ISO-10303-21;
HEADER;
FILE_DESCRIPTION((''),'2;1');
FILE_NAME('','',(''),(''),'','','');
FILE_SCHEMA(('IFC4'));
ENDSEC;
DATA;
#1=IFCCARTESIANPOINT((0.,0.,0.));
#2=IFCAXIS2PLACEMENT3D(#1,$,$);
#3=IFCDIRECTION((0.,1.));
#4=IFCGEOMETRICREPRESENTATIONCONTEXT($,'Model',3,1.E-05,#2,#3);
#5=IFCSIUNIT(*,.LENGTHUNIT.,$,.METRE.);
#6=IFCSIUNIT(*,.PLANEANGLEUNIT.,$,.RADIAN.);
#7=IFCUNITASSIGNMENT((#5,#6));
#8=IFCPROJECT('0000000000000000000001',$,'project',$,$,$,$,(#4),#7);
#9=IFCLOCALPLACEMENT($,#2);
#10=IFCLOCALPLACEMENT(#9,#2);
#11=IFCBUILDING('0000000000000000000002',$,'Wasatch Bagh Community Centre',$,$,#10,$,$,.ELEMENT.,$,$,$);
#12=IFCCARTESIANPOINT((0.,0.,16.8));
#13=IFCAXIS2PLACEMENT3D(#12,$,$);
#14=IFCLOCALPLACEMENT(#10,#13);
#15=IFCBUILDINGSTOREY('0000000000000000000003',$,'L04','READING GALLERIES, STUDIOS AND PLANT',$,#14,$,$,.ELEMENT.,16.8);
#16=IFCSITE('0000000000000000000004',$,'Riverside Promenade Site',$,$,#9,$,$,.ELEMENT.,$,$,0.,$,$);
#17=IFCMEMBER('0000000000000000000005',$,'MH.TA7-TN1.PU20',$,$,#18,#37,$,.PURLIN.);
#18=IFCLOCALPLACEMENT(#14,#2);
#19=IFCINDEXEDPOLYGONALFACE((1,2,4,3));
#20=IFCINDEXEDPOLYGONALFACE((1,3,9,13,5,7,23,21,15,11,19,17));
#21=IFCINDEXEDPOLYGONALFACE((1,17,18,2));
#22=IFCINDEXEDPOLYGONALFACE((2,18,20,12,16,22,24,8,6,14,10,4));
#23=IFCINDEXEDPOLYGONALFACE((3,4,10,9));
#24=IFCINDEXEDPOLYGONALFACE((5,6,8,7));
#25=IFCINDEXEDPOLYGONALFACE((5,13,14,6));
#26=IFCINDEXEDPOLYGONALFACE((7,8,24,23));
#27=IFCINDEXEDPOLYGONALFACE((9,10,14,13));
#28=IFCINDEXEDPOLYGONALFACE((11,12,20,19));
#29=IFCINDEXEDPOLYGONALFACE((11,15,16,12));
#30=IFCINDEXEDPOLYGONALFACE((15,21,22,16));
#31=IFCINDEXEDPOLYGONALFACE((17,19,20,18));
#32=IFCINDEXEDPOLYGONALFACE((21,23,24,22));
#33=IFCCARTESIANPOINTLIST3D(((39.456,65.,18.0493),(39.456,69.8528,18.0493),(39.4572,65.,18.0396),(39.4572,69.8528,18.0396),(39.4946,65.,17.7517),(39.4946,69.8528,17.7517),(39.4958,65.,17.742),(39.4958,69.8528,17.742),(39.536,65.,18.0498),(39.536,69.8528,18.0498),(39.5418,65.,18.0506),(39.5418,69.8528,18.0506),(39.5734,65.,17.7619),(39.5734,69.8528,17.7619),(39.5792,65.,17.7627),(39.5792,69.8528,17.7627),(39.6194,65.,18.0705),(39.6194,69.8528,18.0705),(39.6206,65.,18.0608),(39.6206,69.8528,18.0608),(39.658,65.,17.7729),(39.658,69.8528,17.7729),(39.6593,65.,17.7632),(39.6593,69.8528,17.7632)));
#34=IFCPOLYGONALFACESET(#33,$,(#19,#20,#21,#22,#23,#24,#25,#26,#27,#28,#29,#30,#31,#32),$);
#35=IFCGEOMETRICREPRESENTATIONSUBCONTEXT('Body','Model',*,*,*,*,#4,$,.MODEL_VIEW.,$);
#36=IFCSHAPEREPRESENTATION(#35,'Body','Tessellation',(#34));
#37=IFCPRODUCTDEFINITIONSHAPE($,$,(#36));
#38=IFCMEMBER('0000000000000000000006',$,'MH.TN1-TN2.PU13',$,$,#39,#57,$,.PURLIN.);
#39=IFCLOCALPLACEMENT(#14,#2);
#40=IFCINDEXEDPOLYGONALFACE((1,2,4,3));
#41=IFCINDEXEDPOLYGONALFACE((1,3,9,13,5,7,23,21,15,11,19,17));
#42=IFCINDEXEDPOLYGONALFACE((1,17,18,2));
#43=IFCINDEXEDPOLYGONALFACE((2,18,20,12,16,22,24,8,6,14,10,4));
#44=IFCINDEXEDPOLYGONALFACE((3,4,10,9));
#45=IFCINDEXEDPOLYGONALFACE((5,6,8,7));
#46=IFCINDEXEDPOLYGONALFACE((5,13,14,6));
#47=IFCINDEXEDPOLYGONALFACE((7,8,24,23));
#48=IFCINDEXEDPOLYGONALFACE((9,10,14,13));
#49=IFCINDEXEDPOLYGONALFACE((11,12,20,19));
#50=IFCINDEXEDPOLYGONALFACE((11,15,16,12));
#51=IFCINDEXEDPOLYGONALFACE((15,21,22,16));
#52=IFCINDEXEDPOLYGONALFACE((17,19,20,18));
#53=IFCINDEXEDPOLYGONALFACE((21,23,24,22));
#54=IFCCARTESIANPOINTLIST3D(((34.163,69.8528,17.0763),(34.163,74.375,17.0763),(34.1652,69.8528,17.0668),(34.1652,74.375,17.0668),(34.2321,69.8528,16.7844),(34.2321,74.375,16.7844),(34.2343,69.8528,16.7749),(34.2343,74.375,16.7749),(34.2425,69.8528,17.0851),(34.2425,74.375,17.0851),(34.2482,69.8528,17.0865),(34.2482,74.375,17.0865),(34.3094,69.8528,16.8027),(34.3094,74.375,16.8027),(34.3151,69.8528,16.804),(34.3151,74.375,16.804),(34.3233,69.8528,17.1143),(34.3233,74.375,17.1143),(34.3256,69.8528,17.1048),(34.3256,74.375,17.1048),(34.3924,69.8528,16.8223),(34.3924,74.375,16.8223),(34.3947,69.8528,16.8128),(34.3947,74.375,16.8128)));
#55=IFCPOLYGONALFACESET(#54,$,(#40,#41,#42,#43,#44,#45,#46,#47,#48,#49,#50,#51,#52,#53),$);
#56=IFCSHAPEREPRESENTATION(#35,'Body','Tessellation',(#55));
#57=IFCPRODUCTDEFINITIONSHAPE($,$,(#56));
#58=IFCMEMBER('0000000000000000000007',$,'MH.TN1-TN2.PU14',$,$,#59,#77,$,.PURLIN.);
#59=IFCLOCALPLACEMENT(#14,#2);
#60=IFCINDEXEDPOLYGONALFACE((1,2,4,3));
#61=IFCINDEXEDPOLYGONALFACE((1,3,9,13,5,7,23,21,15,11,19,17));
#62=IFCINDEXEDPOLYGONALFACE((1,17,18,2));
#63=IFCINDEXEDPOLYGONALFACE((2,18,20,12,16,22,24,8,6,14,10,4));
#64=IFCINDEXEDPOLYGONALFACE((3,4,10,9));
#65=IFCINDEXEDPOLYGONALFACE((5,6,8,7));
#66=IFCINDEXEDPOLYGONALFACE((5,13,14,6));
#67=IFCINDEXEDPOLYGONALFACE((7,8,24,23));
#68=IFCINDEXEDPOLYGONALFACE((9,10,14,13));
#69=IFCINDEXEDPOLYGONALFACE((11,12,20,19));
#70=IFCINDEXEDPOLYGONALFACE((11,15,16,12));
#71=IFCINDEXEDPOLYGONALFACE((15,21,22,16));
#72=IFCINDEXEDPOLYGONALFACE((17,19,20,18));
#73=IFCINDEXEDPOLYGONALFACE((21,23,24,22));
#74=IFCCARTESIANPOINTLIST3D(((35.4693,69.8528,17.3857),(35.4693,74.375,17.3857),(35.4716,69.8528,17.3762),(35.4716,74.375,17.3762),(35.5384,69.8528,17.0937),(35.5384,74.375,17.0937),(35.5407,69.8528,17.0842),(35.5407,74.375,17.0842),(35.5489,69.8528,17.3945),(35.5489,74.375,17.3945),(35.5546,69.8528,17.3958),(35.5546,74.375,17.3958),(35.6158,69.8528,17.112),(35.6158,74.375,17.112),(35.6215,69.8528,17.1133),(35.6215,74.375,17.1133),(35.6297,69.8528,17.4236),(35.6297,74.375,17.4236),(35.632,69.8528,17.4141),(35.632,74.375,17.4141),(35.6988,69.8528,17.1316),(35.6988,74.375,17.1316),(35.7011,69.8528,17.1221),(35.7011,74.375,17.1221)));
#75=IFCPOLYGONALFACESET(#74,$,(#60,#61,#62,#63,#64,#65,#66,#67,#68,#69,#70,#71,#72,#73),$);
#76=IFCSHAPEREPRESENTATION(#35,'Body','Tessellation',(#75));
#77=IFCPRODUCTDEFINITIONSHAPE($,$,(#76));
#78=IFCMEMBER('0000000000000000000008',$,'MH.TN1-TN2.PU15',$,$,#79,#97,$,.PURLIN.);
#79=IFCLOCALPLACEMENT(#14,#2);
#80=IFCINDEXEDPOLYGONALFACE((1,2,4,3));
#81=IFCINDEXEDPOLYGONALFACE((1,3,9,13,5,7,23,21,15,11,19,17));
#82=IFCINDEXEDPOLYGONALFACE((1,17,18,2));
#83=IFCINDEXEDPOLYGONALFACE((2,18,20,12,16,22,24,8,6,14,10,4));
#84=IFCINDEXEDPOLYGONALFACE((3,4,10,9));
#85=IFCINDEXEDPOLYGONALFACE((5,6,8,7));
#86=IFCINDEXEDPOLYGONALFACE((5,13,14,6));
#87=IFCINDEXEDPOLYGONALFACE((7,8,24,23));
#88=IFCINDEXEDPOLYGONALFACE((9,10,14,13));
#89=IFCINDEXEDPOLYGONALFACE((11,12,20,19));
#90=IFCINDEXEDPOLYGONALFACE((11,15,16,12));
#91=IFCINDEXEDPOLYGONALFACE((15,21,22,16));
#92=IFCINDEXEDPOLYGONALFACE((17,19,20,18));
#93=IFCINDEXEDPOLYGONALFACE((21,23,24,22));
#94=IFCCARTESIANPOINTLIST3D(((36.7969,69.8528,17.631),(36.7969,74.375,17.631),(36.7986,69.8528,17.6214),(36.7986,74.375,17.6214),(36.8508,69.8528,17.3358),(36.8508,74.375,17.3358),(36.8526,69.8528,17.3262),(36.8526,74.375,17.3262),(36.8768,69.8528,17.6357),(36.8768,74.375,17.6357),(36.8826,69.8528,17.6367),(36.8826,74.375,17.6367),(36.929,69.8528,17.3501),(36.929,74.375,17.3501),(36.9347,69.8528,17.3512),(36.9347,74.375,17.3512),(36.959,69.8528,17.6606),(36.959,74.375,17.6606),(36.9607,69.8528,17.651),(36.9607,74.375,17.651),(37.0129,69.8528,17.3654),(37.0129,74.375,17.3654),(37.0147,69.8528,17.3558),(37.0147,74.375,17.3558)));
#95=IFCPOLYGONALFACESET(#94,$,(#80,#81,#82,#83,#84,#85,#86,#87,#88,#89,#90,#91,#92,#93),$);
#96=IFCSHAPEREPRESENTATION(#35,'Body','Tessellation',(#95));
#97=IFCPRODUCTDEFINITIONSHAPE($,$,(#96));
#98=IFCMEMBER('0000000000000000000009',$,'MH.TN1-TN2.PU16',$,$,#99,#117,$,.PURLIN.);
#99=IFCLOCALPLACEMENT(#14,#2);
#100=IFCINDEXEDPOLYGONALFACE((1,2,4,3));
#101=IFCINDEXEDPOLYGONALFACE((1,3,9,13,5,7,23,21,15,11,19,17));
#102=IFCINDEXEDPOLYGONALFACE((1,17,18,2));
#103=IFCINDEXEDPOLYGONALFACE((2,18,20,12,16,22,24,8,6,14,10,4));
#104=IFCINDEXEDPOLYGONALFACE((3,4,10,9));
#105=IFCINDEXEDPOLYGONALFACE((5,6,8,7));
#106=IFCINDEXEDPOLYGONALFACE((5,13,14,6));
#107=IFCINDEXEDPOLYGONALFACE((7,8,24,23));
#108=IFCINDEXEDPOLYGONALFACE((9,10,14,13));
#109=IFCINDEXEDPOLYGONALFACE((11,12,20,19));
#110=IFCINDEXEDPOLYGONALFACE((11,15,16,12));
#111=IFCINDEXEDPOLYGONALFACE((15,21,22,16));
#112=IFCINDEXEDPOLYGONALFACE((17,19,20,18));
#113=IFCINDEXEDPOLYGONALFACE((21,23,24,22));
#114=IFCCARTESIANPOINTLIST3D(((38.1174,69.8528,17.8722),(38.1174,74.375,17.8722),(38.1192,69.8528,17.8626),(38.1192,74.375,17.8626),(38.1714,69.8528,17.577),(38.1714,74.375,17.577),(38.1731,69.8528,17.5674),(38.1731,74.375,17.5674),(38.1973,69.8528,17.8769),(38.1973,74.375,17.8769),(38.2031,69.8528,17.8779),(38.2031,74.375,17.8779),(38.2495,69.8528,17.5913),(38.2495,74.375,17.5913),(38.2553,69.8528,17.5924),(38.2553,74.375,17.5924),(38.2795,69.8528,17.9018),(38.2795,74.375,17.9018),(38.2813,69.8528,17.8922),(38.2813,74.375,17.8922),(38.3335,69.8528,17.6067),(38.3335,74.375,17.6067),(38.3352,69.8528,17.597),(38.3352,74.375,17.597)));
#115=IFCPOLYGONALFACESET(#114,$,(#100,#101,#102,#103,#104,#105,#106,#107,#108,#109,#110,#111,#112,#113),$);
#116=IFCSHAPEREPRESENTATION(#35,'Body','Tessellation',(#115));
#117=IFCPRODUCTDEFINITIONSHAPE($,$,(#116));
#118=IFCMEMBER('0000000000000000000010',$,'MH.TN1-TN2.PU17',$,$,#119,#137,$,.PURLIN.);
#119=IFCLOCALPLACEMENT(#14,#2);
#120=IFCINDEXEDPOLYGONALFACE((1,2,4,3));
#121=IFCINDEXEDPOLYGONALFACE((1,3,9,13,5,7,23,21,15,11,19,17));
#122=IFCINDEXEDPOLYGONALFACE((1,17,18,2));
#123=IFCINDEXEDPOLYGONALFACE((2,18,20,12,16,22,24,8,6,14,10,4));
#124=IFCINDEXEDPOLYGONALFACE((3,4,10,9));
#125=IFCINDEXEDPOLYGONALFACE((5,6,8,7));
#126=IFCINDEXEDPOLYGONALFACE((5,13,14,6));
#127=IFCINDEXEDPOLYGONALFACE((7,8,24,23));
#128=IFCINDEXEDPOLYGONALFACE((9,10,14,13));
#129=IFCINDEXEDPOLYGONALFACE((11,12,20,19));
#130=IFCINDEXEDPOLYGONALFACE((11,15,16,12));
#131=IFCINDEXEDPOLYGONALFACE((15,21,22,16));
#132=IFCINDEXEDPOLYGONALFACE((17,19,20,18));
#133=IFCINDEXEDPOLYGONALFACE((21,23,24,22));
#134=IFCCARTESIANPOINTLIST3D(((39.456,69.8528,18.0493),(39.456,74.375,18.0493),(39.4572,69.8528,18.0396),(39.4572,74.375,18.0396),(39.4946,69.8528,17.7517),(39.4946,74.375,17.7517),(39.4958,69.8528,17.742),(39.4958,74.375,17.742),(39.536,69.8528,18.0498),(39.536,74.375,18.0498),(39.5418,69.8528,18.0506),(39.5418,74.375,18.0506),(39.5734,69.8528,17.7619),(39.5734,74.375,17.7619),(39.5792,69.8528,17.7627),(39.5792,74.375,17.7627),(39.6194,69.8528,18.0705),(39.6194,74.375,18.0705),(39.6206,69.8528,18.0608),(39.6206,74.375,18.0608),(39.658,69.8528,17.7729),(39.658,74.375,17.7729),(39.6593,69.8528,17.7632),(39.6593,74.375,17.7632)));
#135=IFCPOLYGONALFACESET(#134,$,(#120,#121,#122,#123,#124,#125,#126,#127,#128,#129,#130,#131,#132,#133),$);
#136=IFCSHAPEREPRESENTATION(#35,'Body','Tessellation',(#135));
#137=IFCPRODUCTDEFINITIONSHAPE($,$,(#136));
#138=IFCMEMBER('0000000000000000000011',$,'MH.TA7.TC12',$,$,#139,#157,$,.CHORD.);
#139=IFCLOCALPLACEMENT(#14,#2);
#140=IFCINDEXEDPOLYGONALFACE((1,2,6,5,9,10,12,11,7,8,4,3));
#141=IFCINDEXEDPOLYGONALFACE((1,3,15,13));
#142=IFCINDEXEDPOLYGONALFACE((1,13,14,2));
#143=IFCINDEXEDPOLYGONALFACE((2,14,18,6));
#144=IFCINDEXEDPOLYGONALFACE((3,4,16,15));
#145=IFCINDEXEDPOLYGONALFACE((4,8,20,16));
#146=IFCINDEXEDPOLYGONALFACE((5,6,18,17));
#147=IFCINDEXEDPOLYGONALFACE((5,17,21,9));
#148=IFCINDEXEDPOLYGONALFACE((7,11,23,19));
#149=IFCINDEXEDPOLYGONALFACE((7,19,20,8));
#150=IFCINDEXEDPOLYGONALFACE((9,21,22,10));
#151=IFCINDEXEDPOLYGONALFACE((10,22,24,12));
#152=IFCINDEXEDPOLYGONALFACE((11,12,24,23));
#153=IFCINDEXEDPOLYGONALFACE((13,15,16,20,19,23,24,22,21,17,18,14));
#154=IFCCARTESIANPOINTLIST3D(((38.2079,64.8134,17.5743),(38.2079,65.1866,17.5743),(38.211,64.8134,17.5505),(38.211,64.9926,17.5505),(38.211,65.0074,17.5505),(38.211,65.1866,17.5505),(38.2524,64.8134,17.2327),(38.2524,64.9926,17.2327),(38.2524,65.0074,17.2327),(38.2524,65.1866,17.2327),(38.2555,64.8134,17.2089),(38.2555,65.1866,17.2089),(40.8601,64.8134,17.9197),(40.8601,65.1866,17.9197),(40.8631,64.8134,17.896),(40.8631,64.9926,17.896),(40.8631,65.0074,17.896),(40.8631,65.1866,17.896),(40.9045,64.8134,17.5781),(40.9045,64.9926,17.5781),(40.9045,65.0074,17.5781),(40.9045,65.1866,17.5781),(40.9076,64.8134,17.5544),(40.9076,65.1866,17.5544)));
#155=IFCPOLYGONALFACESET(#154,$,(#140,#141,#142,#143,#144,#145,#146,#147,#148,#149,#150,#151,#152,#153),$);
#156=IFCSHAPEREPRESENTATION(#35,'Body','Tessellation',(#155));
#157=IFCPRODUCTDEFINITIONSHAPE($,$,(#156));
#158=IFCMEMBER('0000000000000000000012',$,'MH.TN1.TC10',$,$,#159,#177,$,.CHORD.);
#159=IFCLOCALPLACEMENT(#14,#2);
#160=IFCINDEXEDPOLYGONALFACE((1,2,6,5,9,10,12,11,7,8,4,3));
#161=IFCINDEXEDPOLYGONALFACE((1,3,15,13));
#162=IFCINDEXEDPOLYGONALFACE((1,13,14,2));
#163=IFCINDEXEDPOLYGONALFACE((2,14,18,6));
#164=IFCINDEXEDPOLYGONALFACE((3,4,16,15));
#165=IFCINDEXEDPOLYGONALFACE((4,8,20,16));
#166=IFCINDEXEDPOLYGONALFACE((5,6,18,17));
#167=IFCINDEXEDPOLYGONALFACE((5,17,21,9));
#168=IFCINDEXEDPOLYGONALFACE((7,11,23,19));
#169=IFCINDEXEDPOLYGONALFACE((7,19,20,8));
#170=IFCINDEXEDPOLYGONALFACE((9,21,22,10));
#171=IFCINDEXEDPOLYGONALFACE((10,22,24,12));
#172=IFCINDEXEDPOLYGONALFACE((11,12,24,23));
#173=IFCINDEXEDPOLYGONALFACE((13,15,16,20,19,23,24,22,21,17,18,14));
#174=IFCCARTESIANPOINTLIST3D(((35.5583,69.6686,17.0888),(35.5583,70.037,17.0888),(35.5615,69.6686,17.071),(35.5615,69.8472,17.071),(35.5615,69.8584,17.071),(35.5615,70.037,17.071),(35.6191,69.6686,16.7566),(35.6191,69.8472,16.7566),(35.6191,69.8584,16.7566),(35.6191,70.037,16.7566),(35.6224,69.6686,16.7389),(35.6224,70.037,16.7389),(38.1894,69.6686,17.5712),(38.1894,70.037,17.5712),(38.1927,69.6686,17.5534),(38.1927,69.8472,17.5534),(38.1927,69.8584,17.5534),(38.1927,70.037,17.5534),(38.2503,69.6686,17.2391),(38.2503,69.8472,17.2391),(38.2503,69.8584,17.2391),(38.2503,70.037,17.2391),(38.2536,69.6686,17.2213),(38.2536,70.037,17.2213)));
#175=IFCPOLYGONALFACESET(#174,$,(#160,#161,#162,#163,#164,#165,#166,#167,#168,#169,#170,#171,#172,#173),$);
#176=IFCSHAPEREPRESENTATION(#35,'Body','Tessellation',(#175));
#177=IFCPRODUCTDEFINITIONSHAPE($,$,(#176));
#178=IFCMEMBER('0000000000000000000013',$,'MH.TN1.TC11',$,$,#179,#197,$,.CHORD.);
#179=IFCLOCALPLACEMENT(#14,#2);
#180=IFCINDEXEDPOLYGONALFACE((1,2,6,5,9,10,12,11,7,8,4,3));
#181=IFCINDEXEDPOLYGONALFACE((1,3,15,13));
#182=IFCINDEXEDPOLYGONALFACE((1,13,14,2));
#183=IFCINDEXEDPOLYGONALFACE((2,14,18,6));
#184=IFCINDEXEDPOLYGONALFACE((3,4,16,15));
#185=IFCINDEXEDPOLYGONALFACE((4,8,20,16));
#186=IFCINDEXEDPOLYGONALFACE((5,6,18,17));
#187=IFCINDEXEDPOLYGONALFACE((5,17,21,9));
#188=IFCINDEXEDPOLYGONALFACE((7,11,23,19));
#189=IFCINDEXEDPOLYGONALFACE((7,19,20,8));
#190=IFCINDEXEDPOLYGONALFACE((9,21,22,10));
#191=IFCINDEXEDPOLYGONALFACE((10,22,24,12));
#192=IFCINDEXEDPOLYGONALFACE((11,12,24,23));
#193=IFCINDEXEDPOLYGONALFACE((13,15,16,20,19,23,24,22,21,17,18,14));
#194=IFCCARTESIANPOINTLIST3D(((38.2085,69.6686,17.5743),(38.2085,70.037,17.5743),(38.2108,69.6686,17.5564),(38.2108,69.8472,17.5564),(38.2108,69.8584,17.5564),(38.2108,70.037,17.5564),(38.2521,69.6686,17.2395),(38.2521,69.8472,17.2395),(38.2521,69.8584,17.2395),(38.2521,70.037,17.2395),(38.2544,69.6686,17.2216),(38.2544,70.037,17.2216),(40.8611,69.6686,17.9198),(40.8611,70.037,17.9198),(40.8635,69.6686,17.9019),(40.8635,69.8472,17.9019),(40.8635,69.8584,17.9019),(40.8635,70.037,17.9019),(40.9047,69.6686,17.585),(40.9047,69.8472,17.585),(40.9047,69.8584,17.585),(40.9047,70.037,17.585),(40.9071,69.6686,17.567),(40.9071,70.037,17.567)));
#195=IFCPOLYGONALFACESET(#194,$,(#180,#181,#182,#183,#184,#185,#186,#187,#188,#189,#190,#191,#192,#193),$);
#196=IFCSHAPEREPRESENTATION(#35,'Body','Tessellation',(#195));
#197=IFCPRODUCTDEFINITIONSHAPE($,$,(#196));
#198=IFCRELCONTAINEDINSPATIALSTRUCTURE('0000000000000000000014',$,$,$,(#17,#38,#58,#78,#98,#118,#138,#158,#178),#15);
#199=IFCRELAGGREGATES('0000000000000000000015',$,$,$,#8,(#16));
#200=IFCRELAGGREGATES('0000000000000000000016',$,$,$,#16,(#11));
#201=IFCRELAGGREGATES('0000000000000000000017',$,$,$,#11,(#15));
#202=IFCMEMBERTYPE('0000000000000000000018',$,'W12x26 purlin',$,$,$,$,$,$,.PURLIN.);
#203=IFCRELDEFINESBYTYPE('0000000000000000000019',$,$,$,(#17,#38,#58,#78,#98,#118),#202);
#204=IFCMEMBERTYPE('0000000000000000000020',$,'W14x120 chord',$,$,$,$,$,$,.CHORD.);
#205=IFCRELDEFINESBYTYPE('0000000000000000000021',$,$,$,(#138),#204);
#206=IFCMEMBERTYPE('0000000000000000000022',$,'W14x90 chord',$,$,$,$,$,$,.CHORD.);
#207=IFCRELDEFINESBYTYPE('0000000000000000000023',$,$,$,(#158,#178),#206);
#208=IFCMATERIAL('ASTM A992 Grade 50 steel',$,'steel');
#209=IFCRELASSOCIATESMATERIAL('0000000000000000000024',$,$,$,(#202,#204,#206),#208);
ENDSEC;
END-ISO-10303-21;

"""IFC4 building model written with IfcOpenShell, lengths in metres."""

from ifc_helpers import new_model, si_unit, direction, frame, origin, origin_2d, place, context, subcontext, project, spatial, i_section, extrude, material, material_profile, profile_set, type_object, element, save


model = new_model("IFC4")

# Units and contexts
model_context = context("Model", 3, precision=1e-05, world=origin(), true_north=direction((0.0, 1.0)))
body_context = subcontext(model_context, "Body", "Model", "MODEL_VIEW")
ifc_project = project(units=[si_unit("LENGTHUNIT", "METRE"), si_unit("PLANEANGLEUNIT", "RADIAN")], contexts=[model_context])

# Site, building, storey
site_placement = place(None, origin())
site = spatial("IfcSite", under=ifc_project, at=site_placement, Name="Riverside Promenade Site", CompositionType="ELEMENT", RefElevation=0.0)
building_placement = place(site_placement, origin())
building = spatial("IfcBuilding", under=site, at=building_placement, Name="Wasatch Bagh Community Centre", CompositionType="ELEMENT")
storey_placement = place(building_placement, frame((0.0, 0.0, 16.8)))
storey = spatial("IfcBuildingStorey", under=building, at=storey_placement, Name="L04", Description="READING GALLERIES, STUDIOS AND PLANT", CompositionType="ELEMENT", Elevation=16.8)

# Members
ifc_material_1 = material(Name="ASTM A992 Grade 50 steel", Category="steel")
ifc_material_profile_1 = material_profile(ifc_material_1, i_section(OverallWidth=0.1648, OverallDepth=0.3098, WebThickness=0.0059, FlangeThickness=0.0098, at=origin_2d()), Name="W12x26")
ifc_profile_set_1 = profile_set([ifc_material_profile_1], Name="ASTM A992 Grade 50 steel")
member_type_1 = type_object("IfcMemberType", Name="W12x26 purlin", PredefinedType="PURLIN", material=ifc_profile_set_1)
member_1_placement = place(storey_placement, frame((39.5576, 65.0, 17.9062), z_axis=(0.0, 1.0, 0.0), x_axis=(-0.991678, 0.0, -0.12874)))
element("IfcMember", 1, at=member_1_placement, inside=storey, type_object=member_type_1, Name="MH.TA7-TN1.PU20", PredefinedType="PURLIN", context=body_context, shape_type="SweptSolid", body=[
    extrude(i_section(OverallWidth=0.1648, OverallDepth=0.3098, WebThickness=0.0059, FlangeThickness=0.0098, at=origin_2d()), origin(), (0.0, 0.0, 1.0), 4.8528),
])
for number, where, z_axis, x_axis, name in (
    (2, (34.2788, 69.8528, 16.9446), (0.0, 1.0, 0.0), (-0.973122, 0.0, -0.230292), "MH.TN1-TN2.PU13"),
    (3, (35.5852, 69.8528, 17.2539), (0.0, 1.0, 0.0), (-0.973122, 0.0, -0.230292), "MH.TN1-TN2.PU14"),
    (4, (36.9058, 69.8528, 17.4934), (0.0, 1.0, 0.0), (-0.983711, 0.0, -0.179756), "MH.TN1-TN2.PU15"),
    (5, (38.2263, 69.8528, 17.7346), (0.0, 1.0, 0.0), (-0.983711, 0.0, -0.179756), "MH.TN1-TN2.PU16"),
    (6, (39.5576, 69.8528, 17.9062), (0.0, 1.0, 0.0), (-0.991678, 0.0, -0.12874), "MH.TN1-TN2.PU17"),
):
    element("IfcMember", number, at=place(storey_placement, frame(where, z_axis=z_axis, x_axis=x_axis)), inside=storey, type_object=member_type_1, Name=name, PredefinedType="PURLIN", context=body_context, shape_type="SweptSolid", body=[
        extrude(i_section(OverallWidth=0.1648, OverallDepth=0.3098, WebThickness=0.0059, FlangeThickness=0.0098, at=origin_2d()), origin(), (0.0, 0.0, 1.0), 4.5222),
    ])
ifc_material_profile_2 = material_profile(ifc_material_1, i_section(OverallWidth=0.3733, OverallDepth=0.3684, WebThickness=0.0149, FlangeThickness=0.0239, at=origin_2d()), Name="W14x120")
ifc_profile_set_2 = profile_set([ifc_material_profile_2], Name="ASTM A992 Grade 50 steel")
member_type_2 = type_object("IfcMemberType", Name="W14x120 chord", PredefinedType="CHORD", material=ifc_profile_set_2)
member_2_placement = place(storey_placement, frame((38.2317, 65.0, 17.3916), z_axis=(0.991623, 0.0, 0.129167), x_axis=(0.0, 1.0, 0.0)))
element("IfcMember", 7, at=member_2_placement, inside=storey, type_object=member_type_2, Name="MH.TA7.TC12", PredefinedType="CHORD", context=body_context, shape_type="SweptSolid", body=[
    extrude(i_section(OverallWidth=0.3733, OverallDepth=0.3684, WebThickness=0.0149, FlangeThickness=0.0239, at=origin_2d()), origin(), (0.0, 0.0, 1.0), 2.6746),
])
ifc_material_profile_3 = material_profile(ifc_material_1, i_section(OverallWidth=0.3684, OverallDepth=0.3557, WebThickness=0.0112, FlangeThickness=0.0181, at=origin_2d()), Name="W14x90")
ifc_profile_set_3 = profile_set([ifc_material_profile_3], Name="ASTM A992 Grade 50 steel")
member_type_3 = type_object("IfcMemberType", Name="W14x90 chord", PredefinedType="CHORD", material=ifc_profile_set_3)
for number, where, z_axis, x_axis, name in (
    (8, (35.5903, 69.8528, 16.9138), (0.983603, 0.0, 0.180347), (0.0, 1.0, 0.0), "MH.TN1.TC10"),
    (9, (38.2314, 69.8528, 17.3979), (0.991626, 0.0, 0.129144), (0.0, 1.0, 0.0), "MH.TN1.TC11"),
):
    element("IfcMember", number, at=place(storey_placement, frame(where, z_axis=z_axis, x_axis=x_axis)), inside=storey, type_object=member_type_3, Name=name, PredefinedType="CHORD", context=body_context, shape_type="SweptSolid", body=[
        extrude(i_section(OverallWidth=0.3684, OverallDepth=0.3557, WebThickness=0.0112, FlangeThickness=0.0181, at=origin_2d()), origin(), (0.0, 0.0, 1.0), 2.675),
    ])

save(model, "model.ifc")
